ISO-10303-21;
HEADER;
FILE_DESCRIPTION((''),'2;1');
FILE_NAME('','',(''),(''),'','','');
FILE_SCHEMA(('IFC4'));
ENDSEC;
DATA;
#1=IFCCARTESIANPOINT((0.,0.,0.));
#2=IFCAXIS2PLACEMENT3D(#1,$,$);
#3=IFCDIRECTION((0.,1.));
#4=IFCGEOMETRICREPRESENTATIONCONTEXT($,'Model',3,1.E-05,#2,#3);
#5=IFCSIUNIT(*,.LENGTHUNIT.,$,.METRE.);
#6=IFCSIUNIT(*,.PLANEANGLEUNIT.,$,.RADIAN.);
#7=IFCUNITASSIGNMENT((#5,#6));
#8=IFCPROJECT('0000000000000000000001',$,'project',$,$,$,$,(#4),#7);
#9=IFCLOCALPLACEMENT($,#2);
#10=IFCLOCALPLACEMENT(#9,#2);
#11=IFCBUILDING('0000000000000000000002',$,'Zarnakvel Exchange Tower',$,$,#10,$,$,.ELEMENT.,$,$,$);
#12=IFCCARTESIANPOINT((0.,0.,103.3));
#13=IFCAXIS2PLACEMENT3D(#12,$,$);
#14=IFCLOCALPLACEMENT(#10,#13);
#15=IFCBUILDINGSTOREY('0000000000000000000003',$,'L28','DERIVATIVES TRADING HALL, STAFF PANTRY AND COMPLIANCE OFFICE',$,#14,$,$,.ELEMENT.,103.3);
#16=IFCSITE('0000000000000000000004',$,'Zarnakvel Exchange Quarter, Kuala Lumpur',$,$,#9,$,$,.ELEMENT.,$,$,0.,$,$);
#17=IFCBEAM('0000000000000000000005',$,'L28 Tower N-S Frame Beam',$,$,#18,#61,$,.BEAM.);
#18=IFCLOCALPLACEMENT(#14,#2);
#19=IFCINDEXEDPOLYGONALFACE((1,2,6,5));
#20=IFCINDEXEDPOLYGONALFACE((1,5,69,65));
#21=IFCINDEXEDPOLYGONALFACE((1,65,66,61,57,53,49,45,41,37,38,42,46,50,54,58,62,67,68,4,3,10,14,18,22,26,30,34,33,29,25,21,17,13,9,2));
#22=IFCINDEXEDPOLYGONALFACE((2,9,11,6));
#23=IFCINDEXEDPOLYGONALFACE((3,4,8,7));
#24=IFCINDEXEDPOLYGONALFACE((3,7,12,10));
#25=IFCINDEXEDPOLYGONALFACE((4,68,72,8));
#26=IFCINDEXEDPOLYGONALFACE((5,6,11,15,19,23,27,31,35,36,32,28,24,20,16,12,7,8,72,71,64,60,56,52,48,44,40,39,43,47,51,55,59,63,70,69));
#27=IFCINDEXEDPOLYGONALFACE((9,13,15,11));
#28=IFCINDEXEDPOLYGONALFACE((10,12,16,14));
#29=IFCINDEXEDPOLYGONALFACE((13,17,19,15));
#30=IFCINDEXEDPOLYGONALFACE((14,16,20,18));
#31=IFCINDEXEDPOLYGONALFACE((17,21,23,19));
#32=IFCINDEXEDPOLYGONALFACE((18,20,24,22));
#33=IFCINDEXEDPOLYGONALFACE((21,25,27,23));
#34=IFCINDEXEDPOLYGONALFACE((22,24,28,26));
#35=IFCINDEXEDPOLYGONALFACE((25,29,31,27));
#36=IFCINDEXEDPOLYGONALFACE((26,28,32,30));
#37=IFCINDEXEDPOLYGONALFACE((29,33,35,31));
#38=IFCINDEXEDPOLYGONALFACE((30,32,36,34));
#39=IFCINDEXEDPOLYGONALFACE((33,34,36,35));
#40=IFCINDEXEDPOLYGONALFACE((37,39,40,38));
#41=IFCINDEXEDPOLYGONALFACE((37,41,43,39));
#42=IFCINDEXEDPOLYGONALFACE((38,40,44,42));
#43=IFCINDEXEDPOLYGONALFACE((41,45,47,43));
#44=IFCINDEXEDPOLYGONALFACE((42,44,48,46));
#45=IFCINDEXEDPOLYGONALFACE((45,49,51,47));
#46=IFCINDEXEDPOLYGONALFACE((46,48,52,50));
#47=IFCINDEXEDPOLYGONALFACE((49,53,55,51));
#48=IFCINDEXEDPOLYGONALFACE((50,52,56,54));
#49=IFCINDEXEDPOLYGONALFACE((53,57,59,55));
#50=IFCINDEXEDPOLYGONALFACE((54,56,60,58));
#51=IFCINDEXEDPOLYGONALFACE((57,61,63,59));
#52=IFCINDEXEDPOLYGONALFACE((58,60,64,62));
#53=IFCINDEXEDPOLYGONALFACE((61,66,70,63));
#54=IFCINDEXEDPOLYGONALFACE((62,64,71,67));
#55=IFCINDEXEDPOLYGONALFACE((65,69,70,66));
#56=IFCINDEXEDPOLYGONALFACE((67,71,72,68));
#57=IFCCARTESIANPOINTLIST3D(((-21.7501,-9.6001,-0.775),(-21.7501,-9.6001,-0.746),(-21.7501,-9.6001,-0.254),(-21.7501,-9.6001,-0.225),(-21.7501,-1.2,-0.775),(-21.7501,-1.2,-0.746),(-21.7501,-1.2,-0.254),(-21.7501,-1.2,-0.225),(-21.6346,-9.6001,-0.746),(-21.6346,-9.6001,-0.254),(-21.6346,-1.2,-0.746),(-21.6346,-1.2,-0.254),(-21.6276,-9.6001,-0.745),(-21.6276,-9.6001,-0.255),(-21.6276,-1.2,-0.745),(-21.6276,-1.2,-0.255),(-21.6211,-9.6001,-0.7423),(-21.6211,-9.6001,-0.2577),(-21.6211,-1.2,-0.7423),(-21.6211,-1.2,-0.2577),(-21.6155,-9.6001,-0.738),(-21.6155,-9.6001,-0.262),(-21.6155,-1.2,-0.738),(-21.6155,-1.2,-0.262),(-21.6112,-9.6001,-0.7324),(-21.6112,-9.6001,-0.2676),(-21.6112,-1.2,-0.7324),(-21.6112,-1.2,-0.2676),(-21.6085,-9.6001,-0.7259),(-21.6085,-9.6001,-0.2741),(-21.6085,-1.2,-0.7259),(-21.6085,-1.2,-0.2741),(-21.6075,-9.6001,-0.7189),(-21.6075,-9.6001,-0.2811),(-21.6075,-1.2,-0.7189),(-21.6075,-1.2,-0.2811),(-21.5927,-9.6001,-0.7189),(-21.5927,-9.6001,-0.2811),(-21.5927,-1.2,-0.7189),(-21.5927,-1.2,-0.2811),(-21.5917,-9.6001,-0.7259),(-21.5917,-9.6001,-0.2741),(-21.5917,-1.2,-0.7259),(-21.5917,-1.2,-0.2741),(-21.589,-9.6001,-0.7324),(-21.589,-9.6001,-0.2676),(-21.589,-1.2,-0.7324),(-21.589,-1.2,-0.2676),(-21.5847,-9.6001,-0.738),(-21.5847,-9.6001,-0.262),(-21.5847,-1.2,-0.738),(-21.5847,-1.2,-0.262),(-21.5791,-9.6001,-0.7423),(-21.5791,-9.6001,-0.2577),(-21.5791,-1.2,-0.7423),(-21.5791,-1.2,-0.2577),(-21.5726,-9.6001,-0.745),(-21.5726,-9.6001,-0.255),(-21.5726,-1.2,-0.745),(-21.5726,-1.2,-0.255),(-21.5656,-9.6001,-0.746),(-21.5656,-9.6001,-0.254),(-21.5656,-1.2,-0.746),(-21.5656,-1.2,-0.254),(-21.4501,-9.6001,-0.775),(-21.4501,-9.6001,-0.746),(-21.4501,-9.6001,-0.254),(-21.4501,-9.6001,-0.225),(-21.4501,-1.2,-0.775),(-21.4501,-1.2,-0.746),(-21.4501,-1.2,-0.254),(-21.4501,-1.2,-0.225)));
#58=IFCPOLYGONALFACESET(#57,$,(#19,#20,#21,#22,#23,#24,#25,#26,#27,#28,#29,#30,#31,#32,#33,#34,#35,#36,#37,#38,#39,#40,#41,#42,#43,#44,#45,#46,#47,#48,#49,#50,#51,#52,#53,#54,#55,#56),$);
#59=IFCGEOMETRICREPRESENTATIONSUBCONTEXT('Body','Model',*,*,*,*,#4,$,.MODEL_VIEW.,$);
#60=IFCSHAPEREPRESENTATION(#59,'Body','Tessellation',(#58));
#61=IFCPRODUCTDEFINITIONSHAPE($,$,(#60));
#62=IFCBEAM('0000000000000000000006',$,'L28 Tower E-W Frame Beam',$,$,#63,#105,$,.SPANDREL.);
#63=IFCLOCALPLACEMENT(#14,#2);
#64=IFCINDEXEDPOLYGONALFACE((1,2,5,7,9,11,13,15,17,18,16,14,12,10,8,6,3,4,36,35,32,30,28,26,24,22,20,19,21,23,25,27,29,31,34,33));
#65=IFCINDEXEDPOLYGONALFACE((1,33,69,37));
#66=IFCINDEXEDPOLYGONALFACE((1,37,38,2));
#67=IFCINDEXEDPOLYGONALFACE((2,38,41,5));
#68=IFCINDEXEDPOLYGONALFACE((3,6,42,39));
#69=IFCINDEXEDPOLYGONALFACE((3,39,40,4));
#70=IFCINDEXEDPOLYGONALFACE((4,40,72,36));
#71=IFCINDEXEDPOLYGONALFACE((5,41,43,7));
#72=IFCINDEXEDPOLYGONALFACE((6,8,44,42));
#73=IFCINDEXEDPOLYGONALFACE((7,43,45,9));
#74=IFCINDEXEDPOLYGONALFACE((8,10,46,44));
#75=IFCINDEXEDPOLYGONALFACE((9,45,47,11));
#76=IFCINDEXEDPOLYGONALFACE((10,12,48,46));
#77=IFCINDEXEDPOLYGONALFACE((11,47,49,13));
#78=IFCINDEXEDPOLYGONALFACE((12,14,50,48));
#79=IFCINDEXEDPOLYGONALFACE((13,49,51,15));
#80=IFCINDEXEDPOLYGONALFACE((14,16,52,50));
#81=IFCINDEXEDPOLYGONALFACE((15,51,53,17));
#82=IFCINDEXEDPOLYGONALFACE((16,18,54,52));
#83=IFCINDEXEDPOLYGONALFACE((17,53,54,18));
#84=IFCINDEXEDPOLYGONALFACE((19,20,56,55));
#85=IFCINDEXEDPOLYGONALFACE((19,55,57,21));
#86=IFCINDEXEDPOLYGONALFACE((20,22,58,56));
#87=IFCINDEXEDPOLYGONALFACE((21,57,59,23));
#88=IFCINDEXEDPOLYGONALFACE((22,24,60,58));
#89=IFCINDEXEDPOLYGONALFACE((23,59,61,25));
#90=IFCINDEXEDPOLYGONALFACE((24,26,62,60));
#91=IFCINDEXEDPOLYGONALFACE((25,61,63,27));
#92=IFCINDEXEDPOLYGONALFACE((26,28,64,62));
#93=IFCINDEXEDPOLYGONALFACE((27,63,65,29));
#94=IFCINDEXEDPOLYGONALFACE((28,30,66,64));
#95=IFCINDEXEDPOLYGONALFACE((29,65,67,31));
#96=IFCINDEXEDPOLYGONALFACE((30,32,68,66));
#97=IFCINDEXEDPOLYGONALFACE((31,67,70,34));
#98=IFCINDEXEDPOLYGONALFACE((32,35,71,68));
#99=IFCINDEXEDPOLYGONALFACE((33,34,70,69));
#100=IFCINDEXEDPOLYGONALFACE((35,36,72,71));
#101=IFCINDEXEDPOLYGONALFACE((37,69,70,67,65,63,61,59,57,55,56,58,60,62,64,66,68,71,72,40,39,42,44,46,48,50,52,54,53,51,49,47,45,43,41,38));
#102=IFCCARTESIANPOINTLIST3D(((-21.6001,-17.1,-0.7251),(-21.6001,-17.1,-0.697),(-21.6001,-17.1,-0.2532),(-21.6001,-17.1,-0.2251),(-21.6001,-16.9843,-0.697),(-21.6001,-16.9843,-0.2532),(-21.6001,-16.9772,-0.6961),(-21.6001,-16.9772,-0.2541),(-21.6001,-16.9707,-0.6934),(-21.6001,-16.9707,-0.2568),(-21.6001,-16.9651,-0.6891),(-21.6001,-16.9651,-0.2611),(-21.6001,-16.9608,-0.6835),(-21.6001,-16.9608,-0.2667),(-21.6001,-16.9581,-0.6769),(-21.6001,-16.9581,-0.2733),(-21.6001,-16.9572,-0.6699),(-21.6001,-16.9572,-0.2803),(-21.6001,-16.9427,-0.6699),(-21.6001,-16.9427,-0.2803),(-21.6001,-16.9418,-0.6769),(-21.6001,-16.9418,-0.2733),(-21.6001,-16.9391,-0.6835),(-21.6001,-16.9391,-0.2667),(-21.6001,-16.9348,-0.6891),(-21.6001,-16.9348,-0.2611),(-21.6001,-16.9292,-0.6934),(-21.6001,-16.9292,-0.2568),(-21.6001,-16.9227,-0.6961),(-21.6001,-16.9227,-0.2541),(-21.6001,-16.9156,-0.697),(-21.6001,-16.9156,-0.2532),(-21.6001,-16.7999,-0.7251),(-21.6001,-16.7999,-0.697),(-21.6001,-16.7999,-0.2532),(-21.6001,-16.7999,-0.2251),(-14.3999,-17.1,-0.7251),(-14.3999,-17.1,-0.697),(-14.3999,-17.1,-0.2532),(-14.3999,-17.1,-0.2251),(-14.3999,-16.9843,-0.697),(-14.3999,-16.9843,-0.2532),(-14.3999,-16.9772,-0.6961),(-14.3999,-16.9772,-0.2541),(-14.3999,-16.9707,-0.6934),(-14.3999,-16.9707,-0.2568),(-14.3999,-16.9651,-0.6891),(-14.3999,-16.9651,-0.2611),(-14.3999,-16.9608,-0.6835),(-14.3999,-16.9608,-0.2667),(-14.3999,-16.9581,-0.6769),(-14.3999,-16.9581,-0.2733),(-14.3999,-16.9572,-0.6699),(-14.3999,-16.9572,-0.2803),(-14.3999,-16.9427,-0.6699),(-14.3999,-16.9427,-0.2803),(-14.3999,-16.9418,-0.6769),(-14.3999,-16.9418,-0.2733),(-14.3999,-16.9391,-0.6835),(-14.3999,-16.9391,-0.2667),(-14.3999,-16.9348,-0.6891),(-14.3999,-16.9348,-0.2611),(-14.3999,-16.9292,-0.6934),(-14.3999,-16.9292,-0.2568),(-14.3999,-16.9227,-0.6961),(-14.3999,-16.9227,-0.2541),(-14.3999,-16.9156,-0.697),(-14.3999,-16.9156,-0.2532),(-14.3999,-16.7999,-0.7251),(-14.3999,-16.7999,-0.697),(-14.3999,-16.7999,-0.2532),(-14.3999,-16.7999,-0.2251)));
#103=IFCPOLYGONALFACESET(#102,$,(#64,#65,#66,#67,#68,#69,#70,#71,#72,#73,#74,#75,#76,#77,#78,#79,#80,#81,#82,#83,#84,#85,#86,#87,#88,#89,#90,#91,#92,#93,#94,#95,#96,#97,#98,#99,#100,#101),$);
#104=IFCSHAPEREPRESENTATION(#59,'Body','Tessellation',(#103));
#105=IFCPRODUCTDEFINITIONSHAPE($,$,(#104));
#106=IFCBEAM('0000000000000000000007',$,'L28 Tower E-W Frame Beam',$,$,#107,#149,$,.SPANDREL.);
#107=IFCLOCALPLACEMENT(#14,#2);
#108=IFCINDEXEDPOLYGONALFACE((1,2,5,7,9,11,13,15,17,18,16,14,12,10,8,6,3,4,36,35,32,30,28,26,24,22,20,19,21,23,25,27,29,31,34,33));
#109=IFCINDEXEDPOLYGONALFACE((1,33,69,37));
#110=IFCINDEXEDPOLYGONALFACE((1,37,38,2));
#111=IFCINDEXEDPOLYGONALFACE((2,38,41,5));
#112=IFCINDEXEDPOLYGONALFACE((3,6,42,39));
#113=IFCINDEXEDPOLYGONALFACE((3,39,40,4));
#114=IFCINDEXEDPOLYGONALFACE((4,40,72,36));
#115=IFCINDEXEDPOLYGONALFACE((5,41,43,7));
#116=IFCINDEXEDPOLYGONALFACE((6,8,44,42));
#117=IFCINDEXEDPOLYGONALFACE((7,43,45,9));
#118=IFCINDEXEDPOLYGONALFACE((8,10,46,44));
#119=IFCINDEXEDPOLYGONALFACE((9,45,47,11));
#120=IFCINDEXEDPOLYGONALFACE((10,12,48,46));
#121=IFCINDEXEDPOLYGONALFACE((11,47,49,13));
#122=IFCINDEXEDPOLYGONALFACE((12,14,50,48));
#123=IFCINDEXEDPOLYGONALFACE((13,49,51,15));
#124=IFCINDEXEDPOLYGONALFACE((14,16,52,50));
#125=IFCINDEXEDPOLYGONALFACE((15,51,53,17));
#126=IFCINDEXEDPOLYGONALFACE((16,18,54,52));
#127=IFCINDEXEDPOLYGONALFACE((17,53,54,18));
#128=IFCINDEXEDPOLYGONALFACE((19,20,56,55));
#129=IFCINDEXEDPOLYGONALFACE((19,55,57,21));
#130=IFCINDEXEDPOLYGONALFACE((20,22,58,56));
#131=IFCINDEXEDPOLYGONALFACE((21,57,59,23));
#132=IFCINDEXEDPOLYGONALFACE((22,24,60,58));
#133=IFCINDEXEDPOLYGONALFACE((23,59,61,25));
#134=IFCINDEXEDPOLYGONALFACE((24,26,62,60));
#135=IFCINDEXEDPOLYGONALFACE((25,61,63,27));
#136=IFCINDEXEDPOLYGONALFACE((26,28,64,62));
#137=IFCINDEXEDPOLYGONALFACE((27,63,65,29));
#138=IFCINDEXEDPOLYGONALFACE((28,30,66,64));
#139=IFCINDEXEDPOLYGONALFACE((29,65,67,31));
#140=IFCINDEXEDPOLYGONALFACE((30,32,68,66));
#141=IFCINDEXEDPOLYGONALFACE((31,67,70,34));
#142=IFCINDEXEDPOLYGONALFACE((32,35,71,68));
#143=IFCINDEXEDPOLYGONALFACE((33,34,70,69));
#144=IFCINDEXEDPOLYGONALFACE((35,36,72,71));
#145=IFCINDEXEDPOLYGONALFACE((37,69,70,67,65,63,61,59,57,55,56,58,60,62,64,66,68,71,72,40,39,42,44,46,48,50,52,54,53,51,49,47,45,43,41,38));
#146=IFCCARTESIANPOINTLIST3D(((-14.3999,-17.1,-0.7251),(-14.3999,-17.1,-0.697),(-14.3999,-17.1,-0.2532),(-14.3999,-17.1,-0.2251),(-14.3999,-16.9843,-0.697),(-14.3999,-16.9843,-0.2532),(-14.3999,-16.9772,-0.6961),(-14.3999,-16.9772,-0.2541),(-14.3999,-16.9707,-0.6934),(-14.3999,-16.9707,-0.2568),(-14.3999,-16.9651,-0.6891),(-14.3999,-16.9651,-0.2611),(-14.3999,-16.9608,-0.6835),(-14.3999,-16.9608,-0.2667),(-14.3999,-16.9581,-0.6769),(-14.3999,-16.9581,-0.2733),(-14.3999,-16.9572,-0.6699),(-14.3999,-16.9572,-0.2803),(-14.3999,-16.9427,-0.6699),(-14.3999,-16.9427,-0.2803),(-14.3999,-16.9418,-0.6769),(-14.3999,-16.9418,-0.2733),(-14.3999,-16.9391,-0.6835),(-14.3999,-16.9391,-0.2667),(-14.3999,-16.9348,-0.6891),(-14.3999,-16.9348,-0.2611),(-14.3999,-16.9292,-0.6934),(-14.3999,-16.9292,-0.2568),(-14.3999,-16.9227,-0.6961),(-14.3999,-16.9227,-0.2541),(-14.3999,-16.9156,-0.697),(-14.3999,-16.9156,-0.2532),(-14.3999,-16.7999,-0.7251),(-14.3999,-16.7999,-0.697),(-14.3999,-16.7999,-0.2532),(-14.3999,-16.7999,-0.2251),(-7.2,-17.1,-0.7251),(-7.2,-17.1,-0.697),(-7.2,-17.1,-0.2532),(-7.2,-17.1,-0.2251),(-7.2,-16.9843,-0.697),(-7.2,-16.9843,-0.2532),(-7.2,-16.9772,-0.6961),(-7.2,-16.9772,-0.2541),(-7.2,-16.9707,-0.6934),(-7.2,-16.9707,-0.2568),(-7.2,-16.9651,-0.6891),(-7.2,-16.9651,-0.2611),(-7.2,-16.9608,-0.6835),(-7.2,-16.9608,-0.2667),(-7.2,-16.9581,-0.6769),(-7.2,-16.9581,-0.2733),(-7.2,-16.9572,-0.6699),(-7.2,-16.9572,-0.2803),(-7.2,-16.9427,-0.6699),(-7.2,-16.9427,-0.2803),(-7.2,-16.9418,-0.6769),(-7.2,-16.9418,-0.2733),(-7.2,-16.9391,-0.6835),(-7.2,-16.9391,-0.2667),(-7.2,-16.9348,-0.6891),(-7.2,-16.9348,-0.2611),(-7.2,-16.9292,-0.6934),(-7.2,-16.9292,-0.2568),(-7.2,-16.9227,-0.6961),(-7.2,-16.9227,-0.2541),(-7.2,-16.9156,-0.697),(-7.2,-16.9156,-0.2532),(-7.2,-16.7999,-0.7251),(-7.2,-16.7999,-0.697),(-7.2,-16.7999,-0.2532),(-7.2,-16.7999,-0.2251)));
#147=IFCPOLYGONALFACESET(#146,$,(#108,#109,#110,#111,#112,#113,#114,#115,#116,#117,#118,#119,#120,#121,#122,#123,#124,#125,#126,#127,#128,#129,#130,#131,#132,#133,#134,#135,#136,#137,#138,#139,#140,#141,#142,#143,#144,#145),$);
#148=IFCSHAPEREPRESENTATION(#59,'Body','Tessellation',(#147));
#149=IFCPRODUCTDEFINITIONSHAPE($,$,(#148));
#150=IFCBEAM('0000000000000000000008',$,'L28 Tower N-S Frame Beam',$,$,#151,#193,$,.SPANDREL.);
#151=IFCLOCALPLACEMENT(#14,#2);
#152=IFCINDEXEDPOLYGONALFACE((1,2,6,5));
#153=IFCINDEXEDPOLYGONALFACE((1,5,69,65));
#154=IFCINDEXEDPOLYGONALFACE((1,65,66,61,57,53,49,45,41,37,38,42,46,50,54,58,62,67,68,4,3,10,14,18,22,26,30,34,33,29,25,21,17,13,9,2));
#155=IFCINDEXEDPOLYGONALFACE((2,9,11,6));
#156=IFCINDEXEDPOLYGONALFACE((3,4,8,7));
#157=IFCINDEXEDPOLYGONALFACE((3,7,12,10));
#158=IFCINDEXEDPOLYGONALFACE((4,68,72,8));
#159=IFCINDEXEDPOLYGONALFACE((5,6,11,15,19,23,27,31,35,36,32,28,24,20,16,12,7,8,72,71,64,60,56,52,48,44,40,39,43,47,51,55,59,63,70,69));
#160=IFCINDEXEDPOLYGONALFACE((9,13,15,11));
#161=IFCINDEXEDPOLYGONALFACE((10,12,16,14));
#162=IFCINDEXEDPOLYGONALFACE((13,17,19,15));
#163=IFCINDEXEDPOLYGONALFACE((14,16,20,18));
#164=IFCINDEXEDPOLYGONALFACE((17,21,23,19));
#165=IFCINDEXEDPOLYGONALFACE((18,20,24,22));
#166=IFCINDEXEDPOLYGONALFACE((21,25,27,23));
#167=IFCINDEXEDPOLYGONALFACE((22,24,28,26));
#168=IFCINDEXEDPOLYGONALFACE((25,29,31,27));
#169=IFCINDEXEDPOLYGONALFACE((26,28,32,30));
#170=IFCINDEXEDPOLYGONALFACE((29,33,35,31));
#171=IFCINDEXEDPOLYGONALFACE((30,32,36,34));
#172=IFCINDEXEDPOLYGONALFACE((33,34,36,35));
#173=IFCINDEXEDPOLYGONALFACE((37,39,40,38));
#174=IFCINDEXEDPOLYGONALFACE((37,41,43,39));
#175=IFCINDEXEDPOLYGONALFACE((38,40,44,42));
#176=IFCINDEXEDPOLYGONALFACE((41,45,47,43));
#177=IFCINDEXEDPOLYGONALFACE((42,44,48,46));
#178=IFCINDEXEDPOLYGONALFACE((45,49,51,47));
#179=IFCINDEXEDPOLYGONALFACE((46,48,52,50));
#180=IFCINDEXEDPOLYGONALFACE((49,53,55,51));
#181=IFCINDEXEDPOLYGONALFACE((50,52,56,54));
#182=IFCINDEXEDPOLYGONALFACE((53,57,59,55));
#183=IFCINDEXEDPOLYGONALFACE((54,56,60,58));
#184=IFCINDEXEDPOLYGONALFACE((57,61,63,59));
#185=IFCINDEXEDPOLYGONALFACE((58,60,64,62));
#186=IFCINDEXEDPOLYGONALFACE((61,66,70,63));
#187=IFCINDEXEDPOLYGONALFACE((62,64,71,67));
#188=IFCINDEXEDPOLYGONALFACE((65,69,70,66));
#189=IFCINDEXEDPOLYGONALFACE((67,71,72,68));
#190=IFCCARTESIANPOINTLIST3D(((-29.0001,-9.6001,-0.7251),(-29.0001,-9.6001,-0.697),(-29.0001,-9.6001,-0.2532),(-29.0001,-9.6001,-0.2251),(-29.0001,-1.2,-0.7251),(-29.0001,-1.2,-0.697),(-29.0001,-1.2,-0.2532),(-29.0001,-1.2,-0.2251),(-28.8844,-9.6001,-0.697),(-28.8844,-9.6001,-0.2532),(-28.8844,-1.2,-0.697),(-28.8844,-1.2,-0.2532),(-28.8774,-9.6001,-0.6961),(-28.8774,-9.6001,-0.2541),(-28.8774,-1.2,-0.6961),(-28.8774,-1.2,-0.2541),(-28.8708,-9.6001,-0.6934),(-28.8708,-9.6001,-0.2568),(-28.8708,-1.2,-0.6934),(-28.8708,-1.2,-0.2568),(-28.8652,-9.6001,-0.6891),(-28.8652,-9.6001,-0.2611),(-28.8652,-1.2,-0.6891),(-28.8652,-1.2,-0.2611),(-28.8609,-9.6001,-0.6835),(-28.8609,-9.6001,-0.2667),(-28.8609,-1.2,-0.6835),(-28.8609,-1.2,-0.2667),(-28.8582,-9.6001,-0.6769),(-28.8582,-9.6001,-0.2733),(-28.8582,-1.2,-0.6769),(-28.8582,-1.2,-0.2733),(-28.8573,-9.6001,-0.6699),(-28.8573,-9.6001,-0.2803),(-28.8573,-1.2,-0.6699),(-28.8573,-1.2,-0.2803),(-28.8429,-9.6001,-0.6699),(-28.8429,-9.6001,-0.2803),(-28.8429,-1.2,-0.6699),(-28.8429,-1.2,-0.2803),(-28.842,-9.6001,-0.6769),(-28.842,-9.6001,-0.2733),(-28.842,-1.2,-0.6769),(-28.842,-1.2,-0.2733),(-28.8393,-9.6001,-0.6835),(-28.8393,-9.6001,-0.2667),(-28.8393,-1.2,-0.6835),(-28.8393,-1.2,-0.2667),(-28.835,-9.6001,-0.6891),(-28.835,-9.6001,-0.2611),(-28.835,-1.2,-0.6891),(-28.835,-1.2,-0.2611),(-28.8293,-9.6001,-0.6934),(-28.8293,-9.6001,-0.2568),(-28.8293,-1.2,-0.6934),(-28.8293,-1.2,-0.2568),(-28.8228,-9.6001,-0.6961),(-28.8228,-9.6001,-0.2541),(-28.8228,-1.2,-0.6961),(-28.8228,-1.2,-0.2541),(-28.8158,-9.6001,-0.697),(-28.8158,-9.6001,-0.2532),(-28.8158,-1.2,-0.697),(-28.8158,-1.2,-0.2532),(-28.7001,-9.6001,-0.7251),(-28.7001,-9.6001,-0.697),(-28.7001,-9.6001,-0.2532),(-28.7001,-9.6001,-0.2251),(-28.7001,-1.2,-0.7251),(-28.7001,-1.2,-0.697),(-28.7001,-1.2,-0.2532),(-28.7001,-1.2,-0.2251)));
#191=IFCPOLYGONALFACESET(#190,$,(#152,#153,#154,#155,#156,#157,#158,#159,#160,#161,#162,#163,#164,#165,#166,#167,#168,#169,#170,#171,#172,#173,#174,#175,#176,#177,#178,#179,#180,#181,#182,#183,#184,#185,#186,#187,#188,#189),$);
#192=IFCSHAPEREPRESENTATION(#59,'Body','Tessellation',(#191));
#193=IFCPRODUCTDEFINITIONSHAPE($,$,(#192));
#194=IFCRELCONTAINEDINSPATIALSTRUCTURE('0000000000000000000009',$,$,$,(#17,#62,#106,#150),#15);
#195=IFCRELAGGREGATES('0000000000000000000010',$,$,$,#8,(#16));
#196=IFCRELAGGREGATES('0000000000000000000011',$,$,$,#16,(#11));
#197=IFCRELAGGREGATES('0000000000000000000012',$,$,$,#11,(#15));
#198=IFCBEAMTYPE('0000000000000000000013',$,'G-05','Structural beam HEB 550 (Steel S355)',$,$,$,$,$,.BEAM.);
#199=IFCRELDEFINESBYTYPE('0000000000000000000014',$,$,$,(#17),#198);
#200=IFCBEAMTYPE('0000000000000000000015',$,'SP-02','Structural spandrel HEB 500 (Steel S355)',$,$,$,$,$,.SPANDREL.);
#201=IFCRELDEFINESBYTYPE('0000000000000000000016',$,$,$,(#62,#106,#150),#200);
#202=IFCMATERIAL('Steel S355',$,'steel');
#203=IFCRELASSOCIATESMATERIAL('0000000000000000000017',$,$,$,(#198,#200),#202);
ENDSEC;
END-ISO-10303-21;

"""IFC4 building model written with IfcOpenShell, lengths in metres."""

from ifc_helpers import new_model, si_unit, direction, frame, origin, origin_2d, place, context, subcontext, project, spatial, i_section, extrude, material, material_profile, profile_set, type_object, element, save


model = new_model("IFC4")

# Units and contexts
model_context = context("Model", 3, precision=1e-05, world=origin(), true_north=direction((0.0, 1.0)))
body_context = subcontext(model_context, "Body", "Model", "MODEL_VIEW")
ifc_project = project(units=[si_unit("LENGTHUNIT", "METRE"), si_unit("PLANEANGLEUNIT", "RADIAN")], contexts=[model_context])

# Site, building, storey
site_placement = place(None, origin())
site = spatial("IfcSite", under=ifc_project, at=site_placement, Name="Zarnakvel Exchange Quarter, Kuala Lumpur", CompositionType="ELEMENT", RefElevation=0.0)
building_placement = place(site_placement, origin())
building = spatial("IfcBuilding", under=site, at=building_placement, Name="Zarnakvel Exchange Tower", CompositionType="ELEMENT")
storey_placement = place(building_placement, frame((0.0, 0.0, 103.3)))
storey = spatial("IfcBuildingStorey", under=building, at=storey_placement, Name="L28", Description="DERIVATIVES TRADING HALL, STAFF PANTRY AND COMPLIANCE OFFICE", CompositionType="ELEMENT", Elevation=103.3)

# Shared definitions
ifc_material_1 = material(Name="Steel S355", Category="steel")

# Beams
ifc_material_profile_1 = material_profile(ifc_material_1, i_section(OverallWidth=0.3, OverallDepth=0.55, WebThickness=0.0149, FlangeThickness=0.0291, FilletRadius=0.0271, at=origin_2d()))
ifc_profile_set_1 = profile_set([ifc_material_profile_1], Name="Steel S355")
beam_type_1 = type_object("IfcBeamType", Name="G-05", Description="Structural beam HEB 550 (Steel S355)", PredefinedType="BEAM", material=ifc_profile_set_1)
beam_1_placement = place(storey_placement, frame((-21.6001, -9.6001, -0.5), z_axis=(0.0, 1.0, 0.0), x_axis=(-1.0, 0.0, 0.0)))
element("IfcBeam", 1, at=beam_1_placement, inside=storey, type_object=beam_type_1, Name="L28 Tower N-S Frame Beam", PredefinedType="BEAM", context=body_context, shape_type="SweptSolid", body=[
    extrude(i_section(OverallWidth=0.3, OverallDepth=0.55, WebThickness=0.0149, FlangeThickness=0.0291, FilletRadius=0.0271, at=origin_2d()), origin(), (0.0, 0.0, 1.0), 8.4001),
])
ifc_material_profile_2 = material_profile(ifc_material_1, i_section(OverallWidth=0.3, OverallDepth=0.5, WebThickness=0.0144, FlangeThickness=0.0281, FilletRadius=0.0271, at=origin_2d()))
ifc_profile_set_2 = profile_set([ifc_material_profile_2], Name="Steel S355")
beam_type_2 = type_object("IfcBeamType", Name="SP-02", Description="Structural spandrel HEB 500 (Steel S355)", PredefinedType="SPANDREL", material=ifc_profile_set_2)
beam_2_placement = place(storey_placement, frame((-21.6001, -16.95, -0.4751), z_axis=(1.0, 0.0, 0.0), x_axis=(0.0, 1.0, 0.0)))
element("IfcBeam", 2, at=beam_2_placement, inside=storey, type_object=beam_type_2, Name="L28 Tower E-W Frame Beam", PredefinedType="SPANDREL", context=body_context, shape_type="SweptSolid", body=[
    extrude(i_section(OverallWidth=0.3, OverallDepth=0.5, WebThickness=0.0144, FlangeThickness=0.0281, FilletRadius=0.0271, at=origin_2d()), origin(), (0.0, 0.0, 1.0), 7.2002),
])
beam_3_placement = place(storey_placement, frame((-14.3999, -16.95, -0.4751), z_axis=(1.0, 0.0, 0.0), x_axis=(0.0, 1.0, 0.0)))
element("IfcBeam", 3, at=beam_3_placement, inside=storey, type_object=beam_type_2, Name="L28 Tower E-W Frame Beam", PredefinedType="SPANDREL", context=body_context, shape_type="SweptSolid", body=[
    extrude(i_section(OverallWidth=0.3, OverallDepth=0.5, WebThickness=0.0144, FlangeThickness=0.0281, FilletRadius=0.0271, at=origin_2d()), origin(), (0.0, 0.0, 1.0), 7.2),
])
beam_4_placement = place(storey_placement, frame((-28.8501, -9.6001, -0.4751), z_axis=(0.0, 1.0, 0.0), x_axis=(-1.0, 0.0, 0.0)))
element("IfcBeam", 4, at=beam_4_placement, inside=storey, type_object=beam_type_2, Name="L28 Tower N-S Frame Beam", PredefinedType="SPANDREL", context=body_context, shape_type="SweptSolid", body=[
    extrude(i_section(OverallWidth=0.3, OverallDepth=0.5, WebThickness=0.0144, FlangeThickness=0.0281, FilletRadius=0.0271, at=origin_2d()), origin(), (0.0, 0.0, 1.0), 8.4001),
])

save(model, "model.ifc")
